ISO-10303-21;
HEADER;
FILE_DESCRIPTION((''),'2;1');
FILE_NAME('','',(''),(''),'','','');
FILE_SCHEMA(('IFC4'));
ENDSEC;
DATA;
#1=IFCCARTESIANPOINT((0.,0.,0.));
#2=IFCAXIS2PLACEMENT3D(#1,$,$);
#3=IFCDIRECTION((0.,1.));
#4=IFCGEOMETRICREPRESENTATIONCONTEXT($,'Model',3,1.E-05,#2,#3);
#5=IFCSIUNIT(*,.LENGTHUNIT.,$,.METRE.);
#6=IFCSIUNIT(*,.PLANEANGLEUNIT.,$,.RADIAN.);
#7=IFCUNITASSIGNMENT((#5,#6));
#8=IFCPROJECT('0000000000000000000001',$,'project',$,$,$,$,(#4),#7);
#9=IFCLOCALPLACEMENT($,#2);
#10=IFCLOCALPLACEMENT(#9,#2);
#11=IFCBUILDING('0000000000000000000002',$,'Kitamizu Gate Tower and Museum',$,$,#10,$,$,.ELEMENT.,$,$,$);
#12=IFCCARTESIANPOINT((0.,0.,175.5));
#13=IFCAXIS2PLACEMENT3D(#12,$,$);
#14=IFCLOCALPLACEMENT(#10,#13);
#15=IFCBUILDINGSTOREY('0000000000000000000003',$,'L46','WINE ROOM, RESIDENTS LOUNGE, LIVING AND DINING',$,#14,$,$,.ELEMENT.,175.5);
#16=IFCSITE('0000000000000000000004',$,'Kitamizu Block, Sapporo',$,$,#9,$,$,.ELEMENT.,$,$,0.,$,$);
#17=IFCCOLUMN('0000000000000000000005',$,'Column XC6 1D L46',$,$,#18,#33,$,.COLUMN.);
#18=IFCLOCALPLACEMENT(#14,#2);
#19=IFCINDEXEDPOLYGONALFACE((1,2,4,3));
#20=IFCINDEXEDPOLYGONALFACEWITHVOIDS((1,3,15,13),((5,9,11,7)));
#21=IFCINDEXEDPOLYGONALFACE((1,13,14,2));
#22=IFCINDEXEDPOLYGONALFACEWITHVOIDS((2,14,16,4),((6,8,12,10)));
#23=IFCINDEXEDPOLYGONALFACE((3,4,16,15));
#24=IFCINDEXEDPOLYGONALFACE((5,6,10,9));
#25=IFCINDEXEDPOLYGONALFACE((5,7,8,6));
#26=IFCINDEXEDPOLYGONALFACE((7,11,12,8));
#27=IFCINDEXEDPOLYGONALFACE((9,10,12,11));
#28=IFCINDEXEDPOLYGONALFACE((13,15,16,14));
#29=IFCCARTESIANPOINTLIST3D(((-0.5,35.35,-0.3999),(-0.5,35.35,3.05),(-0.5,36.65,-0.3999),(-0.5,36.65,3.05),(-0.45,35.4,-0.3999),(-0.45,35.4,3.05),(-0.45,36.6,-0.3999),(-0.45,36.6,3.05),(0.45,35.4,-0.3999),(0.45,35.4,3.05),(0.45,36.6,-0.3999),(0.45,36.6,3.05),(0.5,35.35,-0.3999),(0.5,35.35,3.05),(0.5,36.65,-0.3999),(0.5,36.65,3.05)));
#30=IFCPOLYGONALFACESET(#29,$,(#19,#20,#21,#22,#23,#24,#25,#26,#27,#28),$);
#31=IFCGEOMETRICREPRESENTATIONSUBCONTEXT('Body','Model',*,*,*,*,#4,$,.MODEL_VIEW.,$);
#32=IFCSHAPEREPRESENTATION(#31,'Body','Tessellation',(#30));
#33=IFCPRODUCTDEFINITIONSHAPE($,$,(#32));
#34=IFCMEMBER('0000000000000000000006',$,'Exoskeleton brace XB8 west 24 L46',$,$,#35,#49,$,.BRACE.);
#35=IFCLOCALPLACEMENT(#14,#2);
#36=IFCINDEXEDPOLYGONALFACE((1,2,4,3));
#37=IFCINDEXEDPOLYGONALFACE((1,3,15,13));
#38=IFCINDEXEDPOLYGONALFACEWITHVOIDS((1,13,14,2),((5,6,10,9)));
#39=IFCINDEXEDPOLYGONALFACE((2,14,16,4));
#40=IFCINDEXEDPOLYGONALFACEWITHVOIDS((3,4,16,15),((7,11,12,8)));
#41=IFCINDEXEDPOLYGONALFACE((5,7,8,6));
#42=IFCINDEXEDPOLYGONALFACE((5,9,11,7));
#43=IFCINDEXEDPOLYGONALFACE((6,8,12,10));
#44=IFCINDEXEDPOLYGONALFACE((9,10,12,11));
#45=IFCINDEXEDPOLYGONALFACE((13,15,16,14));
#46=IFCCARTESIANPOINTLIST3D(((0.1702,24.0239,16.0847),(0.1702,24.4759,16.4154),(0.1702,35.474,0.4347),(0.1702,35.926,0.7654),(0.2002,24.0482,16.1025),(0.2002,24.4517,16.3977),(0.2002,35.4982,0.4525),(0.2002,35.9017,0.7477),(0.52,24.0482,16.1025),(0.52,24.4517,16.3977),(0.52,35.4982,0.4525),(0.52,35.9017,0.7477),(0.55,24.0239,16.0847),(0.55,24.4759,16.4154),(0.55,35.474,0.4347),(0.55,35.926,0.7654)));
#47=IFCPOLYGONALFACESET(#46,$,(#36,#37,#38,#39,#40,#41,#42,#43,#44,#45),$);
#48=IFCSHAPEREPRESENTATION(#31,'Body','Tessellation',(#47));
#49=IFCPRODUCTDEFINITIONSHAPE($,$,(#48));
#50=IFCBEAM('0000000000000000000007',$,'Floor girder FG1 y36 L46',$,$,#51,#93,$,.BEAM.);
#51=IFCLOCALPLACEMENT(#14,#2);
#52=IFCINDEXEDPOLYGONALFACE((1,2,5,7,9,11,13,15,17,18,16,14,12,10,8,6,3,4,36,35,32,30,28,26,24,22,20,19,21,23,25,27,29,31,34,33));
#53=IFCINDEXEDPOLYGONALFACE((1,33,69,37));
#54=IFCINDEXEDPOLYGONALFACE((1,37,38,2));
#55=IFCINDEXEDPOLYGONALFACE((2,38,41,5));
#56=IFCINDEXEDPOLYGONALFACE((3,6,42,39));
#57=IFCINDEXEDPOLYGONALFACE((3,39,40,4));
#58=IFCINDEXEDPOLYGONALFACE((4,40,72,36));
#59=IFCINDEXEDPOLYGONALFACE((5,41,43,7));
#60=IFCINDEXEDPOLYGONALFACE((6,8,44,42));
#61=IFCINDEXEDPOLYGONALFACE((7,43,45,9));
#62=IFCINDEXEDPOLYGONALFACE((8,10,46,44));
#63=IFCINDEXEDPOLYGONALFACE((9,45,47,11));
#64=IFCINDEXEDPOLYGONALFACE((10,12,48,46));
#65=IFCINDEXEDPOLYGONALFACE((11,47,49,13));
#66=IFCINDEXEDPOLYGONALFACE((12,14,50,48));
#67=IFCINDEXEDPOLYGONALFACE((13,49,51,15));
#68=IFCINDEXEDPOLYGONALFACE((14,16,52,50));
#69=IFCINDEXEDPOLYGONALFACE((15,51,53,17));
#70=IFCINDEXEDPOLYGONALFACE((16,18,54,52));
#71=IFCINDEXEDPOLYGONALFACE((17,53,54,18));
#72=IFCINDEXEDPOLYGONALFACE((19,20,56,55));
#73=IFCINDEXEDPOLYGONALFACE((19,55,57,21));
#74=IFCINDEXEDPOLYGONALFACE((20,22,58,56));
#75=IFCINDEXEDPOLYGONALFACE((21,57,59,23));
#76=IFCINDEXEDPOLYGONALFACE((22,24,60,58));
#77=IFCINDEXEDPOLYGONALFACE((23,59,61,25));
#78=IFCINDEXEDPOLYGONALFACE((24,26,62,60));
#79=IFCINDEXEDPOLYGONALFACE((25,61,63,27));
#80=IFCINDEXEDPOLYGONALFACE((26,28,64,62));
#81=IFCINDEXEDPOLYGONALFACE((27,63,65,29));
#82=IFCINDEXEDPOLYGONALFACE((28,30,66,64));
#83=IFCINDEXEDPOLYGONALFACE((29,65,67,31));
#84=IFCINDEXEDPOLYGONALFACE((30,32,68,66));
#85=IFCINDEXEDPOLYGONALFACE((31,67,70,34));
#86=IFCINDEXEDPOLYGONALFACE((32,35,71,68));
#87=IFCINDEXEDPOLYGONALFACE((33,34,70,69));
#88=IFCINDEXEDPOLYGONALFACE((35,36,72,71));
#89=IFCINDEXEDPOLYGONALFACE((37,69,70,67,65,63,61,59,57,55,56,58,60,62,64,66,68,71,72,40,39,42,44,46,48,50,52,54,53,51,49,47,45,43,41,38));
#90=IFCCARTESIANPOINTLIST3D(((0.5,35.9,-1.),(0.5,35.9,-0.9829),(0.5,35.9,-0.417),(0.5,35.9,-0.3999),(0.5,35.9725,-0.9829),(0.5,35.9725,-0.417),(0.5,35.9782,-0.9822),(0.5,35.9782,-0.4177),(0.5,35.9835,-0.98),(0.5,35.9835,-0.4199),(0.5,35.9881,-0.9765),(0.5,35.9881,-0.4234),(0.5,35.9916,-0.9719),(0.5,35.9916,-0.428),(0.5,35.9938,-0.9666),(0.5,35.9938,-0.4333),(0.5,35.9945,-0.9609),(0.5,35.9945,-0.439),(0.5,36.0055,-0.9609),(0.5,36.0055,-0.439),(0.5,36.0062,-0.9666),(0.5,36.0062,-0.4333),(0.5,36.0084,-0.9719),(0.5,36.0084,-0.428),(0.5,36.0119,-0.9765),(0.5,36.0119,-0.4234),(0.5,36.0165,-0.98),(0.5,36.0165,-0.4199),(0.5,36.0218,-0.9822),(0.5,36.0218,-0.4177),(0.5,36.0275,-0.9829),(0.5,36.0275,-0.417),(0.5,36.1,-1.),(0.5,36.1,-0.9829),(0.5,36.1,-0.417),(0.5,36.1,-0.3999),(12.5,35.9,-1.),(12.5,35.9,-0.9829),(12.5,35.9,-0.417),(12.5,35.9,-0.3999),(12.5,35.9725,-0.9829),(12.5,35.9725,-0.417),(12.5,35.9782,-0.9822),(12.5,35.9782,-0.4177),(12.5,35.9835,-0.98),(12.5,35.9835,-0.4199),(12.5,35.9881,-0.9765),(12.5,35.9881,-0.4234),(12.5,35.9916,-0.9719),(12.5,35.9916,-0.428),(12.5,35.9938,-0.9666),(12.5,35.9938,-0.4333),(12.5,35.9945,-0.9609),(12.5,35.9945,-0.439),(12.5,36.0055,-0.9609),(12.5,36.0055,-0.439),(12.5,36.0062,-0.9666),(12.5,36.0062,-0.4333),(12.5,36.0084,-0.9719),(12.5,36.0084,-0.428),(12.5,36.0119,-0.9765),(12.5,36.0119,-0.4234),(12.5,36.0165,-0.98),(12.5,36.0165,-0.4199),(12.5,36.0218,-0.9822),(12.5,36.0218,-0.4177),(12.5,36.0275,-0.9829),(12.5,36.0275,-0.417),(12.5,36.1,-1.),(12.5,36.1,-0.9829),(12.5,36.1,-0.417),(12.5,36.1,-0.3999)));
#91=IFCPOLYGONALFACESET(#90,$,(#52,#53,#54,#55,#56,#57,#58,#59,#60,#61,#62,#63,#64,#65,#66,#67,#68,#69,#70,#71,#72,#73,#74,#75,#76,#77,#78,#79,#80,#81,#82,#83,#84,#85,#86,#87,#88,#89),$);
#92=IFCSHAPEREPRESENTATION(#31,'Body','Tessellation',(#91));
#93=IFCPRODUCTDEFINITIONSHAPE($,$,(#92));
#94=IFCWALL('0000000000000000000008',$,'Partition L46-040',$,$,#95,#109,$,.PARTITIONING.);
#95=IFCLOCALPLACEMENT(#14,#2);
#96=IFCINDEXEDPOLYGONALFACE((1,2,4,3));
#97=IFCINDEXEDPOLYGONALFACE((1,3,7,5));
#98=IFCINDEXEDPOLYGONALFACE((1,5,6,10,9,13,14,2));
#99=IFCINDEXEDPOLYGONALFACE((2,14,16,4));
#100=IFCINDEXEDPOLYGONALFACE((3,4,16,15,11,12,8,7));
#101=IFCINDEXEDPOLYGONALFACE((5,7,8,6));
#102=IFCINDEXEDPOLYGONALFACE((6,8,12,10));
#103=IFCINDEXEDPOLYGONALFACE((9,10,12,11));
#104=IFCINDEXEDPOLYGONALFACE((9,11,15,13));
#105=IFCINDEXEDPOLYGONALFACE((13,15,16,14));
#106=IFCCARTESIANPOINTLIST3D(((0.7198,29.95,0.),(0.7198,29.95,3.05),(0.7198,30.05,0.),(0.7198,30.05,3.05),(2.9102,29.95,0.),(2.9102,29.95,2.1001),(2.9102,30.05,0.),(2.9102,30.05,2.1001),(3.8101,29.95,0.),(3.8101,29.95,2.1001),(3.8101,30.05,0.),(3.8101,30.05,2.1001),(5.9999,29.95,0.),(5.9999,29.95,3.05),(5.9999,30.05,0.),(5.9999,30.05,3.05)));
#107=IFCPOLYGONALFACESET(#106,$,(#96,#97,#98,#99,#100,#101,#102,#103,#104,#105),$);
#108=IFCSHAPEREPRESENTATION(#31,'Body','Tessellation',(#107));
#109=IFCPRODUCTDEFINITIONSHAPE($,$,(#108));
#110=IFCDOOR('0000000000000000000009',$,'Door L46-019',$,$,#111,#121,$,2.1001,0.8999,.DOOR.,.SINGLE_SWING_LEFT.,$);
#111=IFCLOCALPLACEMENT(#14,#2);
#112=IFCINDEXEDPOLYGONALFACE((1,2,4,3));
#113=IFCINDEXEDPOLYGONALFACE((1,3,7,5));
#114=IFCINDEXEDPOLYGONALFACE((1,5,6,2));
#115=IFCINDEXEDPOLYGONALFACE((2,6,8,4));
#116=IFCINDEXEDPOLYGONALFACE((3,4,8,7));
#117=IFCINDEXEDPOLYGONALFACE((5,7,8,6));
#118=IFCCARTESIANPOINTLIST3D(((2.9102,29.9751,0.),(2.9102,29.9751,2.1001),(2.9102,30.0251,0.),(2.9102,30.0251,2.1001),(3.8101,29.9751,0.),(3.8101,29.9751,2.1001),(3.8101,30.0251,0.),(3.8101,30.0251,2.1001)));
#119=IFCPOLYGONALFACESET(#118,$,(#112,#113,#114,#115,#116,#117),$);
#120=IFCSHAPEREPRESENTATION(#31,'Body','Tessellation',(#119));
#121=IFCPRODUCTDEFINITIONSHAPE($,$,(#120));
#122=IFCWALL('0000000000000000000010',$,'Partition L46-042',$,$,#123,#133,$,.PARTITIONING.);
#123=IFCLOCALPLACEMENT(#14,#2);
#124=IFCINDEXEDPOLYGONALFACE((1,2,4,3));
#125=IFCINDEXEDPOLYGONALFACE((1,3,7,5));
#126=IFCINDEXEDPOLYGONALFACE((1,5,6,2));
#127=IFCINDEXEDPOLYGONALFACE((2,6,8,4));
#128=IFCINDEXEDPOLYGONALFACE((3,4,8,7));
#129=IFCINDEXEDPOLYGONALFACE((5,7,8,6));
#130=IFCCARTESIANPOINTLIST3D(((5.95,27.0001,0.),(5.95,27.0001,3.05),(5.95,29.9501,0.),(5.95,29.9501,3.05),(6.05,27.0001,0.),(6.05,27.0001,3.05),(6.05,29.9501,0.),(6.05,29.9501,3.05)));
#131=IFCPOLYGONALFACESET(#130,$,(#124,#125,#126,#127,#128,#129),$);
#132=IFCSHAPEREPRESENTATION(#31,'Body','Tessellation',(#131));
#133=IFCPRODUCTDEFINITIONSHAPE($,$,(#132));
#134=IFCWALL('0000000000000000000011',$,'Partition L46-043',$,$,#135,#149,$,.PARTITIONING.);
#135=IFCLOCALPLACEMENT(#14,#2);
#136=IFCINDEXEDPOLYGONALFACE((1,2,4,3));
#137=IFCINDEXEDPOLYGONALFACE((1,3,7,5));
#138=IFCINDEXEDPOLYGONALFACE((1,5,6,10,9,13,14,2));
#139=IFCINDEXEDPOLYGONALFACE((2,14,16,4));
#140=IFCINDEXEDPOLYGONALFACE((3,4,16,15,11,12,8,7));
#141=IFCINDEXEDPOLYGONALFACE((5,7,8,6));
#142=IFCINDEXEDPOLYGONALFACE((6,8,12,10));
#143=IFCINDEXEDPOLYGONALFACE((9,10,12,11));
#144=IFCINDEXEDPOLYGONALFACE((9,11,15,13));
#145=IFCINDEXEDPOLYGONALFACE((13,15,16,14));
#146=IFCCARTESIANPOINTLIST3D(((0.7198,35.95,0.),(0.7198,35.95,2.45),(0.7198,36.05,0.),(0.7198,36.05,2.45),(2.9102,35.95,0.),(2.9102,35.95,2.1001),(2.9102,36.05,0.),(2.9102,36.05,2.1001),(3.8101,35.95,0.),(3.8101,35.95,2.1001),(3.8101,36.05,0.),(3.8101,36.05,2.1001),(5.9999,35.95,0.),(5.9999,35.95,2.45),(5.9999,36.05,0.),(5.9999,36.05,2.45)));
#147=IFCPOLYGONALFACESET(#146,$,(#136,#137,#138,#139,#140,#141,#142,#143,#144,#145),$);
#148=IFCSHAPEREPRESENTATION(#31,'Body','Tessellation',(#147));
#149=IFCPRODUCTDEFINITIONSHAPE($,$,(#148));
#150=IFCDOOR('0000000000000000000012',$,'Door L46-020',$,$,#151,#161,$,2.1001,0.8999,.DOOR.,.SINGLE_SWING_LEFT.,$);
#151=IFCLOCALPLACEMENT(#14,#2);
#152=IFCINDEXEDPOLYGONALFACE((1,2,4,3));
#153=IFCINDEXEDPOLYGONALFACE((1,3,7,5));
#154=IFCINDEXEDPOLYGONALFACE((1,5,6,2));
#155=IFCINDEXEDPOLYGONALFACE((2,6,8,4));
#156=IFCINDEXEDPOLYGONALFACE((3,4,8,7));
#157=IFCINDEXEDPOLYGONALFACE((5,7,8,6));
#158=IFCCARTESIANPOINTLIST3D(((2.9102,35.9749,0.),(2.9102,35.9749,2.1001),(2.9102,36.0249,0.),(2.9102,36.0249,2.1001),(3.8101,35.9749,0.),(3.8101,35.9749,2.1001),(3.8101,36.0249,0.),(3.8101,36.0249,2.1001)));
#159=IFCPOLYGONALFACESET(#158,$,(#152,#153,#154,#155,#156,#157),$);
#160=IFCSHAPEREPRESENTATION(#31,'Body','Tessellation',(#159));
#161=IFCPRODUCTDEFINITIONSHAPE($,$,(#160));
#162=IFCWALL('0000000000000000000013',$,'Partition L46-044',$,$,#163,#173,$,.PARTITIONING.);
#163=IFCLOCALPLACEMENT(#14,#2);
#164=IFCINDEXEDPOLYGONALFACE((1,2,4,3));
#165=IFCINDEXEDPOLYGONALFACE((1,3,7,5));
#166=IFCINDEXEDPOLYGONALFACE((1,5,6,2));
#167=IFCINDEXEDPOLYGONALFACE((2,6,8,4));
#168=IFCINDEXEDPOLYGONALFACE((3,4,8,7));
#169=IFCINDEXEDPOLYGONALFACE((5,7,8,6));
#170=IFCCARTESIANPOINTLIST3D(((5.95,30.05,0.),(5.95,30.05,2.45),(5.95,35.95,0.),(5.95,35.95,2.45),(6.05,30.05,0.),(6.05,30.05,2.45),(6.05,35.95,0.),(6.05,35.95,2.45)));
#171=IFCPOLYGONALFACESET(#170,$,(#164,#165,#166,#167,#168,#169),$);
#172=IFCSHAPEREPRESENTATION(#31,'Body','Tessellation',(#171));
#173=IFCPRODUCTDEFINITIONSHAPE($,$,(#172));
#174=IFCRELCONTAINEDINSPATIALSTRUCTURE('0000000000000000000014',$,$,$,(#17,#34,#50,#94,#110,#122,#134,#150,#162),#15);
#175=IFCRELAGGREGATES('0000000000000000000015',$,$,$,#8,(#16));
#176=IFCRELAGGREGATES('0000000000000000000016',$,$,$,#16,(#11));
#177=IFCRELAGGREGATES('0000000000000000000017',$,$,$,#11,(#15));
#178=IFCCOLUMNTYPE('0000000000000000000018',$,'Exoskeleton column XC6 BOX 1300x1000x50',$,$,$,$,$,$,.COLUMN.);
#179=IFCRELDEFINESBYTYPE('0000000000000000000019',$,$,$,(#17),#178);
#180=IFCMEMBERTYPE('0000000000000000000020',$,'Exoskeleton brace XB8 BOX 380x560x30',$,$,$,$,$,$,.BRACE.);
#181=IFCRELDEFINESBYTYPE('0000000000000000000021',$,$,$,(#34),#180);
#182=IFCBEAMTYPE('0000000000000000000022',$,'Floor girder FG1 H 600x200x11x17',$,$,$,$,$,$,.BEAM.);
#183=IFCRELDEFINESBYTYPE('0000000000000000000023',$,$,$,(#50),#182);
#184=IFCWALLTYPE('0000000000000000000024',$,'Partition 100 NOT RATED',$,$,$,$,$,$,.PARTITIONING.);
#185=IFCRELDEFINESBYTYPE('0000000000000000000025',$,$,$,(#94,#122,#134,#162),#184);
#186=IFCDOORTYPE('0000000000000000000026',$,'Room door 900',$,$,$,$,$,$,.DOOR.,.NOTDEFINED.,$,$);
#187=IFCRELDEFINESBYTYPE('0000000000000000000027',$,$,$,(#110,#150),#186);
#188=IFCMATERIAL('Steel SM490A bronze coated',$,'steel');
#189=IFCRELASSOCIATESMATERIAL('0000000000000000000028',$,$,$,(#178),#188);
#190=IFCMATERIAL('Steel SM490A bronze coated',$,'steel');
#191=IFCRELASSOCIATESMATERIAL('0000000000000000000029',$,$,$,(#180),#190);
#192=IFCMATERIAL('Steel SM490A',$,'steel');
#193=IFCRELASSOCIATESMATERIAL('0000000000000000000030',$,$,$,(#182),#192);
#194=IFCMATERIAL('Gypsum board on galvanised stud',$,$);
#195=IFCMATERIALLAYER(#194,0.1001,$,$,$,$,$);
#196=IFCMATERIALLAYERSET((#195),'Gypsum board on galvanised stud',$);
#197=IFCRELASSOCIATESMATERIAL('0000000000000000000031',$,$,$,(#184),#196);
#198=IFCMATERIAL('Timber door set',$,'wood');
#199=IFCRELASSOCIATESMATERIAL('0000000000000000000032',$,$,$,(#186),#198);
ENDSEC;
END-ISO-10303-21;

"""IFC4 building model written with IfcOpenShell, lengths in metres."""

from ifc_helpers import new_model, si_unit, direction, frame, frame_2d, origin, origin_2d, place, context, subcontext, project, spatial, rectangle, hollow_rectangle, i_section, extrude, material, layer, layer_set, material_profile, profile_set, type_object, element, fill, save


model = new_model("IFC4")

# Units and contexts
model_context = context("Model", 3, precision=1e-05, world=origin(), true_north=direction((0.0, 1.0)))
body_context = subcontext(model_context, "Body", "Model", "MODEL_VIEW")
ifc_project = project(units=[si_unit("LENGTHUNIT", "METRE"), si_unit("PLANEANGLEUNIT", "RADIAN")], contexts=[model_context])

# Site, building, storey
site_placement = place(None, origin())
site = spatial("IfcSite", under=ifc_project, at=site_placement, Name="Kitamizu Block, Sapporo", CompositionType="ELEMENT", RefElevation=0.0)
building_placement = place(site_placement, origin())
building = spatial("IfcBuilding", under=site, at=building_placement, Name="Kitamizu Gate Tower and Museum", CompositionType="ELEMENT")
storey_placement = place(building_placement, frame((0.0, 0.0, 175.5)))
storey = spatial("IfcBuildingStorey", under=building, at=storey_placement, Name="L46", Description="WINE ROOM, RESIDENTS LOUNGE, LIVING AND DINING", CompositionType="ELEMENT", Elevation=175.5)

# Column
ifc_material_1 = material(Name="Steel SM490A bronze coated", Category="steel")
ifc_material_profile_1 = material_profile(ifc_material_1, hollow_rectangle(XDim=1.3, YDim=1.0, WallThickness=0.05, at=origin_2d()), Name="BOX 1300x1000x50")
ifc_profile_set_1 = profile_set([ifc_material_profile_1], Name="Steel SM490A bronze coated")
column_type = type_object("IfcColumnType", Name="Exoskeleton column XC6 BOX 1300x1000x50", PredefinedType="COLUMN", material=ifc_profile_set_1)
column_placement = place(storey_placement, frame((0.0, 36.0, -0.3999), z_axis=(0.0, 0.0, 1.0), x_axis=(0.0, 1.0, 0.0)))
element("IfcColumn", 1, at=column_placement, inside=storey, type_object=column_type, Name="Column XC6 1D L46", PredefinedType="COLUMN", context=body_context, shape_type="SweptSolid", body=[
    extrude(hollow_rectangle(XDim=1.3, YDim=1.0, WallThickness=0.05, at=origin_2d()), origin(), (0.0, 0.0, 1.0), 3.45),
])

# Member
ifc_material_2 = material(Name="Steel SM490A bronze coated", Category="steel")
ifc_material_profile_2 = material_profile(ifc_material_2, hollow_rectangle(XDim=0.3799, YDim=0.5601, WallThickness=0.03, at=origin_2d()), Name="BOX 380x560x30")
ifc_profile_set_2 = profile_set([ifc_material_profile_2], Name="Steel SM490A bronze coated")
member_type = type_object("IfcMemberType", Name="Exoskeleton brace XB8 BOX 380x560x30", PredefinedType="BRACE", material=ifc_profile_set_2)
member_placement = place(storey_placement, frame((0.3601, 35.7, 0.6001), z_axis=(0.0, -0.59047, 0.80706), x_axis=(1.0, 0.0, 0.0)))
element("IfcMember", 2, at=member_placement, inside=storey, type_object=member_type, Name="Exoskeleton brace XB8 west 24 L46", PredefinedType="BRACE", context=body_context, shape_type="SweptSolid", body=[
    extrude(hollow_rectangle(XDim=0.3799, YDim=0.5601, WallThickness=0.03, at=origin_2d()), origin(), (0.0, 0.0, 1.0), 19.3914),
])

# Beam
ifc_material_3 = material(Name="Steel SM490A", Category="steel")
ifc_material_profile_3 = material_profile(ifc_material_3, i_section(OverallWidth=0.2, OverallDepth=0.6001, WebThickness=0.011, FlangeThickness=0.0171, FilletRadius=0.022, at=origin_2d()), Name="H-600x200x11x17")
ifc_profile_set_3 = profile_set([ifc_material_profile_3], Name="Steel SM490A")
beam_type = type_object("IfcBeamType", Name="Floor girder FG1 H 600x200x11x17", PredefinedType="BEAM", material=ifc_profile_set_3)
beam_placement = place(storey_placement, frame((0.5, 36.0, -0.7), z_axis=(1.0, 0.0, 0.0), x_axis=(0.0, 1.0, 0.0)))
element("IfcBeam", 3, at=beam_placement, inside=storey, type_object=beam_type, Name="Floor girder FG1 y36 L46", PredefinedType="BEAM", context=body_context, shape_type="SweptSolid", body=[
    extrude(i_section(OverallWidth=0.2, OverallDepth=0.6001, WebThickness=0.011, FlangeThickness=0.0171, FilletRadius=0.022, at=origin_2d()), origin(), (0.0, 0.0, 1.0), 12.0),
])

# Wall, opening, door
ifc_material_4 = material(Name="Gypsum board on galvanised stud")
ifc_layer_1 = layer(ifc_material_4, 0.1001)
ifc_layer_set_1 = layer_set([ifc_layer_1], Name="Gypsum board on galvanised stud")
wall_type_1 = type_object("IfcWallType", Name="Partition 100 NOT RATED", PredefinedType="PARTITIONING", material=ifc_layer_set_1)
wall_1_placement = place(storey_placement, frame((6.0, 30.0, 0.0), z_axis=(0.0, 0.0, 1.0), x_axis=(-1.0, 0.0, 0.0)))
wall_1 = element("IfcWall", 4, at=wall_1_placement, inside=storey, type_object=wall_type_1, Name="Partition L46-040", PredefinedType="PARTITIONING", context=body_context, shape_type="SweptSolid", body=[
    extrude(rectangle(XDim=5.28, YDim=0.1001, at=frame_2d((2.6401, 0.0))), origin(), (0.0, 0.0, 1.0), 3.05),
])
opening_1_placement = place(wall_1_placement, frame((2.1899, 0.0, 0.0)))
opening_1 = element("IfcOpeningElement", 5, at=opening_1_placement, cuts=wall_1, PredefinedType="OPENING", context=body_context, shape_type="SweptSolid", body=[
    extrude(rectangle(XDim=0.8999, YDim=2.1001, at=frame_2d((0.45, 1.05))), frame((0.0, 0.0601, 0.0), z_axis=(0.0, -1.0, 0.0), x_axis=(1.0, 0.0, 0.0)), (0.0, 0.0, 1.0), 0.1201),
])
ifc_material_5 = material(Name="Timber door set", Category="wood")
door_type = type_object("IfcDoorType", Name="Room door 900", OperationType="NOTDEFINED", PredefinedType="DOOR", material=ifc_material_5)
door_1_placement = place(opening_1_placement, origin())
door_1 = element("IfcDoor", 6, at=door_1_placement, inside=storey, type_object=door_type, Name="Door L46-019", OperationType="SINGLE_SWING_LEFT", OverallHeight=2.1001, OverallWidth=0.8999, PredefinedType="DOOR", context=body_context, shape_type="SweptSolid", body=[
    extrude(rectangle(XDim=0.8999, YDim=2.1001, at=frame_2d((0.45, 1.05))), frame((0.0, 0.0249, 0.0), z_axis=(0.0, -1.0, 0.0), x_axis=(1.0, 0.0, 0.0)), (0.0, 0.0, 1.0), 0.05),
])
fill(opening_1, door_1)

# Wall
wall_2_placement = place(storey_placement, frame((6.0, 27.0, 0.0), z_axis=(0.0, 0.0, 1.0), x_axis=(0.0, 1.0, 0.0)))
element("IfcWall", 7, at=wall_2_placement, inside=storey, type_object=wall_type_1, Name="Partition L46-042", PredefinedType="PARTITIONING", context=body_context, shape_type="SweptSolid", body=[
    extrude(rectangle(XDim=2.95, YDim=0.1001, at=frame_2d((1.4751, 0.0))), origin(), (0.0, 0.0, 1.0), 3.05),
])

# Wall, opening, door
wall_3_placement = place(storey_placement, frame((6.0, 36.0, 0.0), z_axis=(0.0, 0.0, 1.0), x_axis=(-1.0, 0.0, 0.0)))
wall_3 = element("IfcWall", 8, at=wall_3_placement, inside=storey, type_object=wall_type_1, Name="Partition L46-043", PredefinedType="PARTITIONING", context=body_context, shape_type="SweptSolid", body=[
    extrude(rectangle(XDim=5.28, YDim=0.1001, at=frame_2d((2.6401, 0.0))), origin(), (0.0, 0.0, 1.0), 2.45),
])
opening_2_placement = place(wall_3_placement, frame((2.1899, 0.0, 0.0)))
opening_2 = element("IfcOpeningElement", 9, at=opening_2_placement, cuts=wall_3, PredefinedType="OPENING", context=body_context, shape_type="SweptSolid", body=[
    extrude(rectangle(XDim=0.8999, YDim=2.1001, at=frame_2d((0.45, 1.05))), frame((0.0, 0.0601, 0.0), z_axis=(0.0, -1.0, 0.0), x_axis=(1.0, 0.0, 0.0)), (0.0, 0.0, 1.0), 0.1201),
])
door_2_placement = place(opening_2_placement, frame((0.8999, 0.0, 0.0), x_axis=(-1.0, 0.0, 0.0)))
door_2 = element("IfcDoor", 10, at=door_2_placement, inside=storey, type_object=door_type, Name="Door L46-020", OperationType="SINGLE_SWING_LEFT", OverallHeight=2.1001, OverallWidth=0.8999, PredefinedType="DOOR", context=body_context, shape_type="SweptSolid", body=[
    extrude(rectangle(XDim=0.8999, YDim=2.1001, at=frame_2d((0.45, 1.05))), frame((0.0, 0.0249, 0.0), z_axis=(0.0, -1.0, 0.0), x_axis=(1.0, 0.0, 0.0)), (0.0, 0.0, 1.0), 0.05),
])
fill(opening_2, door_2)

# Wall
wall_4_placement = place(storey_placement, frame((6.0, 30.05, 0.0), z_axis=(0.0, 0.0, 1.0), x_axis=(0.0, 1.0, 0.0)))
element("IfcWall", 11, at=wall_4_placement, inside=storey, type_object=wall_type_1, Name="Partition L46-044", PredefinedType="PARTITIONING", context=body_context, shape_type="SweptSolid", body=[
    extrude(rectangle(XDim=5.8999, YDim=0.1001, at=frame_2d((2.95, 0.0))), origin(), (0.0, 0.0, 1.0), 2.45),
])

save(model, "model.ifc")
